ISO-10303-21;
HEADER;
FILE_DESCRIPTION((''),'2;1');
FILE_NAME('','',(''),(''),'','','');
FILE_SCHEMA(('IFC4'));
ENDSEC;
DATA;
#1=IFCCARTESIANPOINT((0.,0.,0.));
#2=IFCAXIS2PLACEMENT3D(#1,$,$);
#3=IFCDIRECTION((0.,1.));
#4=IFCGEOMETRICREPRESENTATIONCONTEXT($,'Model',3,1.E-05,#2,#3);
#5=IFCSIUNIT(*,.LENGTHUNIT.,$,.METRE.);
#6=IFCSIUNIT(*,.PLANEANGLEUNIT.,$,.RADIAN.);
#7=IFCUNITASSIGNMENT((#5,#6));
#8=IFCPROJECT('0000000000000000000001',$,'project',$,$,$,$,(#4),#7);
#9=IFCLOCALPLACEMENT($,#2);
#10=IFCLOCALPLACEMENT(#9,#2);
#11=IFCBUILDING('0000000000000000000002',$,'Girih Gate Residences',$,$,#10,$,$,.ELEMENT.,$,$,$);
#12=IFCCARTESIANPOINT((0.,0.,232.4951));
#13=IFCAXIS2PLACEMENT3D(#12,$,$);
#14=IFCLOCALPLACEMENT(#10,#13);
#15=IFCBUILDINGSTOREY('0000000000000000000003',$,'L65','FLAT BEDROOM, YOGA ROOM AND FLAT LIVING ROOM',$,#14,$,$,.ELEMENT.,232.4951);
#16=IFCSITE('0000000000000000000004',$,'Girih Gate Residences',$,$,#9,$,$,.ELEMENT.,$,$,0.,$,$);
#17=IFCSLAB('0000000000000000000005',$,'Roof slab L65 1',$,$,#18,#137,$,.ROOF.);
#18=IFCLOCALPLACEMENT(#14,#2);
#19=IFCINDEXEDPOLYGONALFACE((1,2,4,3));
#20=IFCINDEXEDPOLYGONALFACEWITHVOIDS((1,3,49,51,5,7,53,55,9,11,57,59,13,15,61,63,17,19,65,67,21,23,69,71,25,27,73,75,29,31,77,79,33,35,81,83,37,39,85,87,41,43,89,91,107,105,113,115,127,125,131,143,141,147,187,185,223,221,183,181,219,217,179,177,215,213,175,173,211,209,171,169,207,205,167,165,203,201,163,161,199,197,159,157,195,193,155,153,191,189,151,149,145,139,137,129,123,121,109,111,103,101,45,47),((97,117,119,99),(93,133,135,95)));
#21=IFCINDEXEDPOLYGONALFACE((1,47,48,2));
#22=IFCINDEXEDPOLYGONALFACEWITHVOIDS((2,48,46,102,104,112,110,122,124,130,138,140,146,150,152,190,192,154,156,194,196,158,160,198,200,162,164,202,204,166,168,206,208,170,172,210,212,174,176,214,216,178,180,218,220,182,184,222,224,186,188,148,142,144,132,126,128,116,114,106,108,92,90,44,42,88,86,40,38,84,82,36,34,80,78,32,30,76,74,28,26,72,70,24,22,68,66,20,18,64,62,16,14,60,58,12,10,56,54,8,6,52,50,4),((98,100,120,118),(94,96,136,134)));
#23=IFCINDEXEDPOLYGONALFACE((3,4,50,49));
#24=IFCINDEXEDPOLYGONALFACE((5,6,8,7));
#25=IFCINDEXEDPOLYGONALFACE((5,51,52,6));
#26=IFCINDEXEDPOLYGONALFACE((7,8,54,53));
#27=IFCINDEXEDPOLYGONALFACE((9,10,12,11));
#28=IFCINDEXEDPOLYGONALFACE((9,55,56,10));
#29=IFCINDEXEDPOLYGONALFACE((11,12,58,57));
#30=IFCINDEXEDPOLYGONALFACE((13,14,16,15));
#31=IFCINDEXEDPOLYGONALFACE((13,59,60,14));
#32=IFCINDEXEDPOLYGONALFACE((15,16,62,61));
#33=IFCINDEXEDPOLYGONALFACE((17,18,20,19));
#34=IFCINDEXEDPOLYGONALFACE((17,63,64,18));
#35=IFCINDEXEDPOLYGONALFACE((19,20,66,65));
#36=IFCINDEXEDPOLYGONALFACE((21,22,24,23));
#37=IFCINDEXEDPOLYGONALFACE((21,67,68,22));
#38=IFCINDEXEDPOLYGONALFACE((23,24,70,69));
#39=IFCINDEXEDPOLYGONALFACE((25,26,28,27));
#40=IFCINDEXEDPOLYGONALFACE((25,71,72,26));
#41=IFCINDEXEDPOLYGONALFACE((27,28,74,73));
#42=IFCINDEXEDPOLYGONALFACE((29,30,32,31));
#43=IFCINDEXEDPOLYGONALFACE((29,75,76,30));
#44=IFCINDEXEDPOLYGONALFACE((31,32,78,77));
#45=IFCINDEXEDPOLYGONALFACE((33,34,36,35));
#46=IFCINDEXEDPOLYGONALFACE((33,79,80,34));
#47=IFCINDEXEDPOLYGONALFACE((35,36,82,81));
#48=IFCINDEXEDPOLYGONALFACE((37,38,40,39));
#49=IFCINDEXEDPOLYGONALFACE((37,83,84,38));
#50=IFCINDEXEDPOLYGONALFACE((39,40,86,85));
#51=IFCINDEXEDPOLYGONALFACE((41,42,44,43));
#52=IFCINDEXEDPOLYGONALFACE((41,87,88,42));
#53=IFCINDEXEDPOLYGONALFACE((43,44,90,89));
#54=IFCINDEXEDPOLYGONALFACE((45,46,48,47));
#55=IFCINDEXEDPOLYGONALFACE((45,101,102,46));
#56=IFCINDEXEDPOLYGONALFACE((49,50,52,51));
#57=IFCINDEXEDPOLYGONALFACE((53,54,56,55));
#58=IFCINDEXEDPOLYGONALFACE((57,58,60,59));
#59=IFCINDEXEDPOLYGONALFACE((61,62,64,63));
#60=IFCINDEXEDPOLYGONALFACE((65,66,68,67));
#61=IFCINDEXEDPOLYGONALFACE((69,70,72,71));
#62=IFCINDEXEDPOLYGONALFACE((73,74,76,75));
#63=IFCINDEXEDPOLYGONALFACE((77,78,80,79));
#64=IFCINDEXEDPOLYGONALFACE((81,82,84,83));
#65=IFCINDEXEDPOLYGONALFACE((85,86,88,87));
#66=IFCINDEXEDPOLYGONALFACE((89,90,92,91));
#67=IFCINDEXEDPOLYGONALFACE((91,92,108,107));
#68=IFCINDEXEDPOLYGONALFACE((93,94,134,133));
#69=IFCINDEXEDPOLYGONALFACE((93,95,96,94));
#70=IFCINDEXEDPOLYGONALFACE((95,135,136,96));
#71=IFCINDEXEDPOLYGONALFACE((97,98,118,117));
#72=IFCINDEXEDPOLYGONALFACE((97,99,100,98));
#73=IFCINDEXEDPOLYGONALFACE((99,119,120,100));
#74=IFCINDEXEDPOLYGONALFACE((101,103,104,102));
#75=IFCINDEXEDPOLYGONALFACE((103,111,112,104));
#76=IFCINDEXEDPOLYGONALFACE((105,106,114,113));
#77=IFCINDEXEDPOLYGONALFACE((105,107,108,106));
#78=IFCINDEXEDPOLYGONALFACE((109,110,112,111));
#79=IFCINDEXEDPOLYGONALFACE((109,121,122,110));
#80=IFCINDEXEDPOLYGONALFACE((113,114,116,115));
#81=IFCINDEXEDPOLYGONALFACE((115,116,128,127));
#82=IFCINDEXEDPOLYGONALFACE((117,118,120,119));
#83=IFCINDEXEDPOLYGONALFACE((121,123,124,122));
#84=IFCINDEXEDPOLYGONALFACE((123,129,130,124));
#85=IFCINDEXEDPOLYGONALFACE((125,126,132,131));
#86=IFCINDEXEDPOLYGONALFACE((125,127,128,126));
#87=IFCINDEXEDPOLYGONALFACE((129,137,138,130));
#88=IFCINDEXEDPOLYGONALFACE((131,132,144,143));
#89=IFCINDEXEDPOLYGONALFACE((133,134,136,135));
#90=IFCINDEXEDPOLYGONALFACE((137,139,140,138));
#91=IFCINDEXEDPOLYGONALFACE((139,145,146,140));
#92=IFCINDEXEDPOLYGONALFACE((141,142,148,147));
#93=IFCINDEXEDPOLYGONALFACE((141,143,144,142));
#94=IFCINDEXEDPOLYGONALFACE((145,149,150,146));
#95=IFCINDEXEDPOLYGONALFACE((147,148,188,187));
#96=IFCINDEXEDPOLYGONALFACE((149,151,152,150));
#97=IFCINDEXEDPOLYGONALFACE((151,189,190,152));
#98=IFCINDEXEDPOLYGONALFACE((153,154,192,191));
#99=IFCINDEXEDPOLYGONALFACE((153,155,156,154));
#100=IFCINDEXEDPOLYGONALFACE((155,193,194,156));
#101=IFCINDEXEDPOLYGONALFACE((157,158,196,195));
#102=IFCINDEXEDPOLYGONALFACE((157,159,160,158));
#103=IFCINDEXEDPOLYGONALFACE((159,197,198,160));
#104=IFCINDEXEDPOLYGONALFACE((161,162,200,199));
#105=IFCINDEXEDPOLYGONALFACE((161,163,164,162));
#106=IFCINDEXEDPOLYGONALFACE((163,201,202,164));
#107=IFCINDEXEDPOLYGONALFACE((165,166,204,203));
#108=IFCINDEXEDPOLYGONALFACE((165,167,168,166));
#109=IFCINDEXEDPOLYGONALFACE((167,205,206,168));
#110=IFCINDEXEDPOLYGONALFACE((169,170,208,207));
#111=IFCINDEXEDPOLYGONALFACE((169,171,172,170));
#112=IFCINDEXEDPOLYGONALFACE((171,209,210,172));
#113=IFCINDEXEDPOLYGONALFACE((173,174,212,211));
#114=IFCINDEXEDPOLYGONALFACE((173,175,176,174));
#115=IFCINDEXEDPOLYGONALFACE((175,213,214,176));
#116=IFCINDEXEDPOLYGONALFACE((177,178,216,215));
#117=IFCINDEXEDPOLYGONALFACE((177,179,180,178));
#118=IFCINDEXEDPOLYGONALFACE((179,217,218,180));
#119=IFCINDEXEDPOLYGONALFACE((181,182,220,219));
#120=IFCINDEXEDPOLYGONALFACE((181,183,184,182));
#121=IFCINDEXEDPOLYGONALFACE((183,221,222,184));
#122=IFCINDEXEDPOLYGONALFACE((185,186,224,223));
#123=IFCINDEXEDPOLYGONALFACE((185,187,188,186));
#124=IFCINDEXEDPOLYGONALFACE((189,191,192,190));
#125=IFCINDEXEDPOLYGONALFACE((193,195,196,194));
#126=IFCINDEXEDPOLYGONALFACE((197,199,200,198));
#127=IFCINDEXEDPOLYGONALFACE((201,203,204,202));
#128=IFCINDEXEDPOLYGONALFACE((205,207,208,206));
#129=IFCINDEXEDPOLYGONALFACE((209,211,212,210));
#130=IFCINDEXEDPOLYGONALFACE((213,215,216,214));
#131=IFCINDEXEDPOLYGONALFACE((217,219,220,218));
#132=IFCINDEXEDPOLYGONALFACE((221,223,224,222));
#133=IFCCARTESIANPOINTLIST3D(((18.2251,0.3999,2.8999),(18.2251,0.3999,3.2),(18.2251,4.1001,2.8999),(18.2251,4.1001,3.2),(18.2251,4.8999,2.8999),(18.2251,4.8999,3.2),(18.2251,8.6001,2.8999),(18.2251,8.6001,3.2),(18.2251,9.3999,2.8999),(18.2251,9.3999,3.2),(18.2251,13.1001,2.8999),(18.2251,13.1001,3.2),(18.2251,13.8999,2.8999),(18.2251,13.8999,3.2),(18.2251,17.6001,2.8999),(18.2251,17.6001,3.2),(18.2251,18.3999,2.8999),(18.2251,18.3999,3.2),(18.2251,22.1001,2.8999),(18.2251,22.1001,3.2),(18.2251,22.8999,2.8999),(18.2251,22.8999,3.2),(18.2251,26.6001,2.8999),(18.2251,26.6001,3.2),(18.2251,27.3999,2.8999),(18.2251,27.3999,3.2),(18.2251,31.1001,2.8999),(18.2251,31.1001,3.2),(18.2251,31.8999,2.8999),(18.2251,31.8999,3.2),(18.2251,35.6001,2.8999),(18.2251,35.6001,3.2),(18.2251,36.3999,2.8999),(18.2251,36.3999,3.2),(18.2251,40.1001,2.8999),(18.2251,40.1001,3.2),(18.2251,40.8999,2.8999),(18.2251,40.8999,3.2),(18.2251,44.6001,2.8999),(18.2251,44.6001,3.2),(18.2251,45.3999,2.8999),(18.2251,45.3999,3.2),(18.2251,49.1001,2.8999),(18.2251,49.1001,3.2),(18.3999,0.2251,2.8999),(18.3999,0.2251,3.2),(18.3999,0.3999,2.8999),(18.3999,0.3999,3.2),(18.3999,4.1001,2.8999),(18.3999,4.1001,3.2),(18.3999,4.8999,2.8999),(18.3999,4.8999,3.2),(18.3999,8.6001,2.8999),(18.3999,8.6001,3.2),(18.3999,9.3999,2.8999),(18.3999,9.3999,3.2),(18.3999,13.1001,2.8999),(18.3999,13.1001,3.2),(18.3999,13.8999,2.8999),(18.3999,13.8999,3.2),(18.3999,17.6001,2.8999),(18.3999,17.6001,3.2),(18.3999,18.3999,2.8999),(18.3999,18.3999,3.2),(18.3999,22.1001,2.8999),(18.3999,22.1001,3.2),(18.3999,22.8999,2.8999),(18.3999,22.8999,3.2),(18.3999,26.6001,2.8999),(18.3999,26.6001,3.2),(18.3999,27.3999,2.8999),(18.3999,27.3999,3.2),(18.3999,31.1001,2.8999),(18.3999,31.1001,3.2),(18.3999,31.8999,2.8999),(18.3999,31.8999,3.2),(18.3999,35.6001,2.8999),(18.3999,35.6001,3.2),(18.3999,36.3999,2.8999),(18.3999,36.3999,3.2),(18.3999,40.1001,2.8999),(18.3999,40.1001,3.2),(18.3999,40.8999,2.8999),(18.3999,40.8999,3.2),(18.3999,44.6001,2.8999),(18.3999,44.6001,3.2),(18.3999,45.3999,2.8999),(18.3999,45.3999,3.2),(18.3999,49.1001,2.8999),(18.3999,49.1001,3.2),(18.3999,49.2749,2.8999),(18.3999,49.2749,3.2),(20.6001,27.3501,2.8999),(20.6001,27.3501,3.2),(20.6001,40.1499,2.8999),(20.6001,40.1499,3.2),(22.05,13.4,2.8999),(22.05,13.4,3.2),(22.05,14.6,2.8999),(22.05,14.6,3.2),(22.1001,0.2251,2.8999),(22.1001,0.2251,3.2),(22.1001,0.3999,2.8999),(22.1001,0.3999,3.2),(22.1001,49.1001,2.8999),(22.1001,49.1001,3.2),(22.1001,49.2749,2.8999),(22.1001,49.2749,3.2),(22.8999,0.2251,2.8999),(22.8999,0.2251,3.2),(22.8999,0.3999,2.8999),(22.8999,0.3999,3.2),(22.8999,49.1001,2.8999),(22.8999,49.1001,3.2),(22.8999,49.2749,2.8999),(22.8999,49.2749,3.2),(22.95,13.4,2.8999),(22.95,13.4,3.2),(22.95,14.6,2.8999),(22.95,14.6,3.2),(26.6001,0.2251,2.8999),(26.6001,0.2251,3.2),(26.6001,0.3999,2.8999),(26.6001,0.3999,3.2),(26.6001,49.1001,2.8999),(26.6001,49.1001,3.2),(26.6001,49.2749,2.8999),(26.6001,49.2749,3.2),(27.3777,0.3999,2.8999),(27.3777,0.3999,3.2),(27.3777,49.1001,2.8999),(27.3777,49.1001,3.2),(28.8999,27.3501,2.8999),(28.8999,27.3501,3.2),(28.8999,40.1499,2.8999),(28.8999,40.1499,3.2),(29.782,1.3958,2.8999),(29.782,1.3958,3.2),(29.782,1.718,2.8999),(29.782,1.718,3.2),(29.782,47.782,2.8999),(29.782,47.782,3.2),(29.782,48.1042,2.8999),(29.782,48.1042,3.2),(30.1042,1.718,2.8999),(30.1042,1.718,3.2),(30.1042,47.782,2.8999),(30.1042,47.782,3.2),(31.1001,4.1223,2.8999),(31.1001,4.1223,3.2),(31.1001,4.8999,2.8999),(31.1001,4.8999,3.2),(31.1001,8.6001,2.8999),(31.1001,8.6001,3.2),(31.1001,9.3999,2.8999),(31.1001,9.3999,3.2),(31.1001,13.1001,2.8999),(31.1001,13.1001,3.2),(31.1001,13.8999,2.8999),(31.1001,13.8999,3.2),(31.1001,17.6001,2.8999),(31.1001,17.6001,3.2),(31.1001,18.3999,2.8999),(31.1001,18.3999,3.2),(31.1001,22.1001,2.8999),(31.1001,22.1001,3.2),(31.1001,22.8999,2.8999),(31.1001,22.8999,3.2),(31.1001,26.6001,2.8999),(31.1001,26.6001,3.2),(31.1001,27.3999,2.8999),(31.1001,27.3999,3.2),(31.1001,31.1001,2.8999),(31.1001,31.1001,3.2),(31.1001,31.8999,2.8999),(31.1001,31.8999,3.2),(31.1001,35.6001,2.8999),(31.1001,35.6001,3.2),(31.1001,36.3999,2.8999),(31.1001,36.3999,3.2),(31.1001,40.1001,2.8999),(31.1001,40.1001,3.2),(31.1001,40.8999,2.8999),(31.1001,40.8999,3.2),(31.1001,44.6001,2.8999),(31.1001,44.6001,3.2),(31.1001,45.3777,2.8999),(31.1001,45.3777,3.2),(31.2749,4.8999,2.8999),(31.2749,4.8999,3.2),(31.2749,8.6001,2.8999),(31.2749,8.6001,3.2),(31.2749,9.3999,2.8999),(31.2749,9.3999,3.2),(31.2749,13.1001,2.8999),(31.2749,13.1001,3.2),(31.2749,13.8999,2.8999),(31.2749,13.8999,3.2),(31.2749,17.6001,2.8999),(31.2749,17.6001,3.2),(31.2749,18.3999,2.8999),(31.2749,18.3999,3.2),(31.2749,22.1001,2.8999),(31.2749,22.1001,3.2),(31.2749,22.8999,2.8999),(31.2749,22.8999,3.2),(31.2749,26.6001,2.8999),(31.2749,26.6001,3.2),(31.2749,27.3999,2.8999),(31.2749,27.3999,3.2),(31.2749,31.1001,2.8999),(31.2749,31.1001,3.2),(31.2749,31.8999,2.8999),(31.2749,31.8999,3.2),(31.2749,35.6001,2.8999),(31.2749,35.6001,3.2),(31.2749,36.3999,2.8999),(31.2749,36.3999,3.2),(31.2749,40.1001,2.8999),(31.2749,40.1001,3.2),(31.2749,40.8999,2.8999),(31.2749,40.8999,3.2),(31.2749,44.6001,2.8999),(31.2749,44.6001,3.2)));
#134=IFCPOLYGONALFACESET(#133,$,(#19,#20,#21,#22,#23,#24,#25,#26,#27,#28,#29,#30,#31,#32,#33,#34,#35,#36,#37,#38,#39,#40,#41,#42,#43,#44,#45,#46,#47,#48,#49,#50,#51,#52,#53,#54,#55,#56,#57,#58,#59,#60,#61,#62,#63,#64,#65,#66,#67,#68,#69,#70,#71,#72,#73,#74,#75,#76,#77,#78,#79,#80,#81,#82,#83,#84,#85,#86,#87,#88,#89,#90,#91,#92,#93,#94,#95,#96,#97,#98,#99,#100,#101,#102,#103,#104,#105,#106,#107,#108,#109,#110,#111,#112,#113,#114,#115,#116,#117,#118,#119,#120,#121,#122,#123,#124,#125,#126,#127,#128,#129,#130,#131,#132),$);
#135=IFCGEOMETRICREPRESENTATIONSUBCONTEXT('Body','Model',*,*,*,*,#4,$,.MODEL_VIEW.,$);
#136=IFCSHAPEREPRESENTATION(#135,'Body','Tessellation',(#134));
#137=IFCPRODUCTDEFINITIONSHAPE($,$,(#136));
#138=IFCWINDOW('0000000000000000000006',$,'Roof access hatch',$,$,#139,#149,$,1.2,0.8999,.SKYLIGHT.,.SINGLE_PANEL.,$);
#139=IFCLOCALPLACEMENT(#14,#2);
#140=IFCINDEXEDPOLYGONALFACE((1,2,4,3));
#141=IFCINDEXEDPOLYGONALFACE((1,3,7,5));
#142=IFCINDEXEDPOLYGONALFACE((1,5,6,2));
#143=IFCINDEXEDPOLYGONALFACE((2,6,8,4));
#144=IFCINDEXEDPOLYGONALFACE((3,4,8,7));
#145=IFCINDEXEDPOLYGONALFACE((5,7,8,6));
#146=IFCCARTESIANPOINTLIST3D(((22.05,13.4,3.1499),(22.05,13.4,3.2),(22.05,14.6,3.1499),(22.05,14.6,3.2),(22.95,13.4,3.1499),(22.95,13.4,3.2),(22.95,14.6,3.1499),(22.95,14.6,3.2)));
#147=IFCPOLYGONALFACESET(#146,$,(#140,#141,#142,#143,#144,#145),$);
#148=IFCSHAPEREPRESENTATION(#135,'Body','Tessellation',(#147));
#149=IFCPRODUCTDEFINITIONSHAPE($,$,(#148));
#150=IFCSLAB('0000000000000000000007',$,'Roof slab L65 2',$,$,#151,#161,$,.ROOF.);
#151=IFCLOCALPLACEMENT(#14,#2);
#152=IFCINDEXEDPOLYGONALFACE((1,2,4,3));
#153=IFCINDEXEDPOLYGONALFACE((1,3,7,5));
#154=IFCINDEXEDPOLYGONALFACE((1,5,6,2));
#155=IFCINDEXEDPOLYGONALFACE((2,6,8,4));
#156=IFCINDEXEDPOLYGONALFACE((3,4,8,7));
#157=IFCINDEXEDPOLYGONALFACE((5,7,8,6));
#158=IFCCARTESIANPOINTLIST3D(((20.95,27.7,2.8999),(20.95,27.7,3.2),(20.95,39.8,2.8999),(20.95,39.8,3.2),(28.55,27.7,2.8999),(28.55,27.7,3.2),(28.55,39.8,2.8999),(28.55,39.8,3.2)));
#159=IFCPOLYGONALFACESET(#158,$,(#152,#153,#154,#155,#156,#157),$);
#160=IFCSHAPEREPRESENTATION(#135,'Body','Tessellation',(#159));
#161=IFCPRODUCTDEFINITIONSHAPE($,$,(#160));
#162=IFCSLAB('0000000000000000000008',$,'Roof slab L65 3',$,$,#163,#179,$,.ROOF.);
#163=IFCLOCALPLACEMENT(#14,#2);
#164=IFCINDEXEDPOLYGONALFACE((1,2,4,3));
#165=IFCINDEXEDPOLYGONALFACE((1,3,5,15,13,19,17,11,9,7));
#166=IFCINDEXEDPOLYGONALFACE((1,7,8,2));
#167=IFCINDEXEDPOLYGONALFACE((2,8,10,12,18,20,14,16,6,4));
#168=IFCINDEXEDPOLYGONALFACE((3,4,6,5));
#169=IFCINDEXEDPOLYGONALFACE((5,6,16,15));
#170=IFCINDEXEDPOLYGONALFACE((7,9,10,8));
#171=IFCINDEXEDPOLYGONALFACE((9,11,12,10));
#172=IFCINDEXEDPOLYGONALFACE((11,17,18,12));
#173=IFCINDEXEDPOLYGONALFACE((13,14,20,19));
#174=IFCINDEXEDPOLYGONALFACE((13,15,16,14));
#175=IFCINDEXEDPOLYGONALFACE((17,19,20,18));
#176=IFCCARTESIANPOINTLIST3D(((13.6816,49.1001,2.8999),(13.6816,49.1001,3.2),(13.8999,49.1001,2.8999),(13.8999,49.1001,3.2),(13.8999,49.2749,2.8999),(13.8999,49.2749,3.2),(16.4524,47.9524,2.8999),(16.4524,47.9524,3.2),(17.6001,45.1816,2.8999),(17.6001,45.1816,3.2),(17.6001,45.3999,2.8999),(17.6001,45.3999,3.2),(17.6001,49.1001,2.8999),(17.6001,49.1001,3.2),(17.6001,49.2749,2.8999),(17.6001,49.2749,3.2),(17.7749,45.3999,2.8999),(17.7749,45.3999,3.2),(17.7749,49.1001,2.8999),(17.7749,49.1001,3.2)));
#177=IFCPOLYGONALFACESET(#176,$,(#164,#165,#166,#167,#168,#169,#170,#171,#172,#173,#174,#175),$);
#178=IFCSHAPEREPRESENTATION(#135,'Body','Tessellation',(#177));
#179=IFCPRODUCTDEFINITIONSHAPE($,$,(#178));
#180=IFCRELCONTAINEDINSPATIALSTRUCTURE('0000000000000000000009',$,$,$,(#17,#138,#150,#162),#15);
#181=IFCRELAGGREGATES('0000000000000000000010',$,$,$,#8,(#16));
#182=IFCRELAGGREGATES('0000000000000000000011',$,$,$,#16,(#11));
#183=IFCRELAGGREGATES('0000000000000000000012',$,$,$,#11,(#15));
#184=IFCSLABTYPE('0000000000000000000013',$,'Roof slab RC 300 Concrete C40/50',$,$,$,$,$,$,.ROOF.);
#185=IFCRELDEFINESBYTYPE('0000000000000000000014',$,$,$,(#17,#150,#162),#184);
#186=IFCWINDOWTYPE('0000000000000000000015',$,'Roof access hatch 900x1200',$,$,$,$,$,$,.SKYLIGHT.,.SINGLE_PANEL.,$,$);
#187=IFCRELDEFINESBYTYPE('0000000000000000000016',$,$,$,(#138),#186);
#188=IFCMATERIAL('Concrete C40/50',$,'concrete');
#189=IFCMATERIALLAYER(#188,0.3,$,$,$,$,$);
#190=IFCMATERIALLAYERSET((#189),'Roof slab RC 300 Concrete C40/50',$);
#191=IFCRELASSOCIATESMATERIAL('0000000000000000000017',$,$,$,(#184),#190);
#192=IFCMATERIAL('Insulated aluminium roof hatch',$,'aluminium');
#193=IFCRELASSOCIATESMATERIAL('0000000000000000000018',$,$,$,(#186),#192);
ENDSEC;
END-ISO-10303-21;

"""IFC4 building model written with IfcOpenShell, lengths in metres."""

from ifc_helpers import new_model, si_unit, direction, frame, origin, origin_2d, place, context, subcontext, project, spatial, polyline, rectangle, outline, extrude, material, layer, layer_set, type_object, element, fill, save


model = new_model("IFC4")

# Units and contexts
model_context = context("Model", 3, precision=1e-05, world=origin(), true_north=direction((0.0, 1.0)))
body_context = subcontext(model_context, "Body", "Model", "MODEL_VIEW")
ifc_project = project(units=[si_unit("LENGTHUNIT", "METRE"), si_unit("PLANEANGLEUNIT", "RADIAN")], contexts=[model_context])

# Site, building, storey
site_placement = place(None, origin())
site = spatial("IfcSite", under=ifc_project, at=site_placement, Name="Girih Gate Residences", CompositionType="ELEMENT", RefElevation=0.0)
building_placement = place(site_placement, origin())
building = spatial("IfcBuilding", under=site, at=building_placement, Name="Girih Gate Residences", CompositionType="ELEMENT")
storey_placement = place(building_placement, frame((0.0, 0.0, 232.4951)))
storey = spatial("IfcBuildingStorey", under=building, at=storey_placement, Name="L65", Description="FLAT BEDROOM, YOGA ROOM AND FLAT LIVING ROOM", CompositionType="ELEMENT", Elevation=232.4951)

# Shared definitions
ifc_material_1 = material(Name="Concrete C40/50", Category="concrete")
ifc_layer_1 = layer(ifc_material_1, 0.3)
ifc_layer_set_1 = layer_set([ifc_layer_1], Name="Roof slab RC 300 Concrete C40/50")
slab_type_1 = type_object("IfcSlabType", Name="Roof slab RC 300 Concrete C40/50", PredefinedType="ROOF", material=ifc_layer_set_1)

# Slab, opening, window
slab_1_placement = place(storey_placement, frame((0.0, 0.0, 2.8999)))
slab_1 = element("IfcSlab", 1, at=slab_1_placement, inside=storey, type_object=slab_type_1, Name="Roof slab L65 1", PredefinedType="ROOF", context=body_context, shape_type="SweptSolid", body=[
    extrude(outline(polyline([(22.1001, 49.2749), (18.3999, 49.2749), (18.3999, 49.1001), (18.2251, 49.1001), (18.2251, 45.3999), (18.3999, 45.3999), (18.3999, 44.6001), (18.2251, 44.6001), (18.2251, 40.8999), (18.3999, 40.8999), (18.3999, 40.1001), (18.2251, 40.1001), (18.2251, 36.3999), (18.3999, 36.3999), (18.3999, 35.6001), (18.2251, 35.6001), (18.2251, 31.8999), (18.3999, 31.8999), (18.3999, 31.1001), (18.2251, 31.1001), (18.2251, 27.3999), (18.3999, 27.3999), (18.3999, 26.6001), (18.2251, 26.6001), (18.2251, 22.8999), (18.3999, 22.8999), (18.3999, 22.1001), (18.2251, 22.1001), (18.2251, 18.3999), (18.3999, 18.3999), (18.3999, 17.6001), (18.2251, 17.6001), (18.2251, 13.8999), (18.3999, 13.8999), (18.3999, 13.1001), (18.2251, 13.1001), (18.2251, 9.3999), (18.3999, 9.3999), (18.3999, 8.6001), (18.2251, 8.6001), (18.2251, 4.8999), (18.3999, 4.8999), (18.3999, 4.1001), (18.2251, 4.1001), (18.2251, 0.3999), (18.3999, 0.3999), (18.3999, 0.2251), (22.1001, 0.2251), (22.1001, 0.3999), (22.8999, 0.3999), (22.8999, 0.2251), (26.6001, 0.2251), (26.6001, 0.3999), (27.3777, 0.3999), (29.782, 1.3958), (29.782, 1.718), (30.1042, 1.718), (31.1001, 4.1223), (31.1001, 4.8999), (31.2749, 4.8999), (31.2749, 8.6001), (31.1001, 8.6001), (31.1001, 9.3999), (31.2749, 9.3999), (31.2749, 13.1001), (31.1001, 13.1001), (31.1001, 13.8999), (31.2749, 13.8999), (31.2749, 17.6001), (31.1001, 17.6001), (31.1001, 18.3999), (31.2749, 18.3999), (31.2749, 22.1001), (31.1001, 22.1001), (31.1001, 22.8999), (31.2749, 22.8999), (31.2749, 26.6001), (31.1001, 26.6001), (31.1001, 27.3999), (31.2749, 27.3999), (31.2749, 31.1001), (31.1001, 31.1001), (31.1001, 31.8999), (31.2749, 31.8999), (31.2749, 35.6001), (31.1001, 35.6001), (31.1001, 36.3999), (31.2749, 36.3999), (31.2749, 40.1001), (31.1001, 40.1001), (31.1001, 40.8999), (31.2749, 40.8999), (31.2749, 44.6001), (31.1001, 44.6001), (31.1001, 45.3777), (30.1042, 47.782), (29.782, 47.782), (29.782, 48.1042), (27.3777, 49.1001), (26.6001, 49.1001), (26.6001, 49.2749), (22.8999, 49.2749), (22.8999, 49.1001), (22.1001, 49.1001), (22.1001, 49.2749)]), holes=[polyline([(20.6001, 40.1499), (28.8999, 40.1499), (28.8999, 27.3501), (20.6001, 27.3501), (20.6001, 40.1499)])]), origin(), (0.0, 0.0, 1.0), 0.3),
])
opening_1_placement = place(slab_1_placement, frame((22.5, 14.0, 0.0)))
opening_1 = element("IfcOpeningElement", 2, at=opening_1_placement, cuts=slab_1, PredefinedType="OPENING", context=body_context, shape_type="SweptSolid", body=[
    extrude(rectangle(XDim=0.8999, YDim=1.2, at=origin_2d()), frame((0.0, 0.0, -0.01)), (0.0, 0.0, 1.0), 0.3201),
])
ifc_material_2 = material(Name="Insulated aluminium roof hatch", Category="aluminium")
window_type_1 = type_object("IfcWindowType", Name="Roof access hatch 900x1200", PartitioningType="SINGLE_PANEL", PredefinedType="SKYLIGHT", material=ifc_material_2)
window_1_placement = place(opening_1_placement, frame((0.0, 0.0, 0.25)))
window_1 = element("IfcWindow", 3, at=window_1_placement, inside=storey, type_object=window_type_1, Name="Roof access hatch", OverallHeight=1.2, OverallWidth=0.8999, PartitioningType="SINGLE_PANEL", PredefinedType="SKYLIGHT", context=body_context, shape_type="SweptSolid", body=[
    extrude(rectangle(XDim=0.8999, YDim=1.2, at=origin_2d()), origin(), (0.0, 0.0, 1.0), 0.05),
])
fill(opening_1, window_1)

# Slabs
slab_2_placement = place(storey_placement, frame((0.0, 0.0, 2.8999)))
element("IfcSlab", 4, at=slab_2_placement, inside=storey, type_object=slab_type_1, Name="Roof slab L65 2", PredefinedType="ROOF", context=body_context, shape_type="SweptSolid", body=[
    extrude(outline(polyline([(20.95, 39.8), (20.95, 27.7), (28.55, 27.7), (28.55, 39.8), (20.95, 39.8)])), origin(), (0.0, 0.0, 1.0), 0.3),
])
slab_3_placement = place(storey_placement, frame((0.0, 0.0, 2.8999)))
element("IfcSlab", 5, at=slab_3_placement, inside=storey, type_object=slab_type_1, Name="Roof slab L65 3", PredefinedType="ROOF", context=body_context, shape_type="SweptSolid", body=[
    extrude(outline(polyline([(17.6001, 49.2749), (13.8999, 49.2749), (13.8999, 49.1001), (13.6816, 49.1001), (16.4524, 47.9524), (17.6001, 45.1816), (17.6001, 45.3999), (17.7749, 45.3999), (17.7749, 49.1001), (17.6001, 49.1001), (17.6001, 49.2749)])), origin(), (0.0, 0.0, 1.0), 0.3),
])

save(model, "model.ifc")
